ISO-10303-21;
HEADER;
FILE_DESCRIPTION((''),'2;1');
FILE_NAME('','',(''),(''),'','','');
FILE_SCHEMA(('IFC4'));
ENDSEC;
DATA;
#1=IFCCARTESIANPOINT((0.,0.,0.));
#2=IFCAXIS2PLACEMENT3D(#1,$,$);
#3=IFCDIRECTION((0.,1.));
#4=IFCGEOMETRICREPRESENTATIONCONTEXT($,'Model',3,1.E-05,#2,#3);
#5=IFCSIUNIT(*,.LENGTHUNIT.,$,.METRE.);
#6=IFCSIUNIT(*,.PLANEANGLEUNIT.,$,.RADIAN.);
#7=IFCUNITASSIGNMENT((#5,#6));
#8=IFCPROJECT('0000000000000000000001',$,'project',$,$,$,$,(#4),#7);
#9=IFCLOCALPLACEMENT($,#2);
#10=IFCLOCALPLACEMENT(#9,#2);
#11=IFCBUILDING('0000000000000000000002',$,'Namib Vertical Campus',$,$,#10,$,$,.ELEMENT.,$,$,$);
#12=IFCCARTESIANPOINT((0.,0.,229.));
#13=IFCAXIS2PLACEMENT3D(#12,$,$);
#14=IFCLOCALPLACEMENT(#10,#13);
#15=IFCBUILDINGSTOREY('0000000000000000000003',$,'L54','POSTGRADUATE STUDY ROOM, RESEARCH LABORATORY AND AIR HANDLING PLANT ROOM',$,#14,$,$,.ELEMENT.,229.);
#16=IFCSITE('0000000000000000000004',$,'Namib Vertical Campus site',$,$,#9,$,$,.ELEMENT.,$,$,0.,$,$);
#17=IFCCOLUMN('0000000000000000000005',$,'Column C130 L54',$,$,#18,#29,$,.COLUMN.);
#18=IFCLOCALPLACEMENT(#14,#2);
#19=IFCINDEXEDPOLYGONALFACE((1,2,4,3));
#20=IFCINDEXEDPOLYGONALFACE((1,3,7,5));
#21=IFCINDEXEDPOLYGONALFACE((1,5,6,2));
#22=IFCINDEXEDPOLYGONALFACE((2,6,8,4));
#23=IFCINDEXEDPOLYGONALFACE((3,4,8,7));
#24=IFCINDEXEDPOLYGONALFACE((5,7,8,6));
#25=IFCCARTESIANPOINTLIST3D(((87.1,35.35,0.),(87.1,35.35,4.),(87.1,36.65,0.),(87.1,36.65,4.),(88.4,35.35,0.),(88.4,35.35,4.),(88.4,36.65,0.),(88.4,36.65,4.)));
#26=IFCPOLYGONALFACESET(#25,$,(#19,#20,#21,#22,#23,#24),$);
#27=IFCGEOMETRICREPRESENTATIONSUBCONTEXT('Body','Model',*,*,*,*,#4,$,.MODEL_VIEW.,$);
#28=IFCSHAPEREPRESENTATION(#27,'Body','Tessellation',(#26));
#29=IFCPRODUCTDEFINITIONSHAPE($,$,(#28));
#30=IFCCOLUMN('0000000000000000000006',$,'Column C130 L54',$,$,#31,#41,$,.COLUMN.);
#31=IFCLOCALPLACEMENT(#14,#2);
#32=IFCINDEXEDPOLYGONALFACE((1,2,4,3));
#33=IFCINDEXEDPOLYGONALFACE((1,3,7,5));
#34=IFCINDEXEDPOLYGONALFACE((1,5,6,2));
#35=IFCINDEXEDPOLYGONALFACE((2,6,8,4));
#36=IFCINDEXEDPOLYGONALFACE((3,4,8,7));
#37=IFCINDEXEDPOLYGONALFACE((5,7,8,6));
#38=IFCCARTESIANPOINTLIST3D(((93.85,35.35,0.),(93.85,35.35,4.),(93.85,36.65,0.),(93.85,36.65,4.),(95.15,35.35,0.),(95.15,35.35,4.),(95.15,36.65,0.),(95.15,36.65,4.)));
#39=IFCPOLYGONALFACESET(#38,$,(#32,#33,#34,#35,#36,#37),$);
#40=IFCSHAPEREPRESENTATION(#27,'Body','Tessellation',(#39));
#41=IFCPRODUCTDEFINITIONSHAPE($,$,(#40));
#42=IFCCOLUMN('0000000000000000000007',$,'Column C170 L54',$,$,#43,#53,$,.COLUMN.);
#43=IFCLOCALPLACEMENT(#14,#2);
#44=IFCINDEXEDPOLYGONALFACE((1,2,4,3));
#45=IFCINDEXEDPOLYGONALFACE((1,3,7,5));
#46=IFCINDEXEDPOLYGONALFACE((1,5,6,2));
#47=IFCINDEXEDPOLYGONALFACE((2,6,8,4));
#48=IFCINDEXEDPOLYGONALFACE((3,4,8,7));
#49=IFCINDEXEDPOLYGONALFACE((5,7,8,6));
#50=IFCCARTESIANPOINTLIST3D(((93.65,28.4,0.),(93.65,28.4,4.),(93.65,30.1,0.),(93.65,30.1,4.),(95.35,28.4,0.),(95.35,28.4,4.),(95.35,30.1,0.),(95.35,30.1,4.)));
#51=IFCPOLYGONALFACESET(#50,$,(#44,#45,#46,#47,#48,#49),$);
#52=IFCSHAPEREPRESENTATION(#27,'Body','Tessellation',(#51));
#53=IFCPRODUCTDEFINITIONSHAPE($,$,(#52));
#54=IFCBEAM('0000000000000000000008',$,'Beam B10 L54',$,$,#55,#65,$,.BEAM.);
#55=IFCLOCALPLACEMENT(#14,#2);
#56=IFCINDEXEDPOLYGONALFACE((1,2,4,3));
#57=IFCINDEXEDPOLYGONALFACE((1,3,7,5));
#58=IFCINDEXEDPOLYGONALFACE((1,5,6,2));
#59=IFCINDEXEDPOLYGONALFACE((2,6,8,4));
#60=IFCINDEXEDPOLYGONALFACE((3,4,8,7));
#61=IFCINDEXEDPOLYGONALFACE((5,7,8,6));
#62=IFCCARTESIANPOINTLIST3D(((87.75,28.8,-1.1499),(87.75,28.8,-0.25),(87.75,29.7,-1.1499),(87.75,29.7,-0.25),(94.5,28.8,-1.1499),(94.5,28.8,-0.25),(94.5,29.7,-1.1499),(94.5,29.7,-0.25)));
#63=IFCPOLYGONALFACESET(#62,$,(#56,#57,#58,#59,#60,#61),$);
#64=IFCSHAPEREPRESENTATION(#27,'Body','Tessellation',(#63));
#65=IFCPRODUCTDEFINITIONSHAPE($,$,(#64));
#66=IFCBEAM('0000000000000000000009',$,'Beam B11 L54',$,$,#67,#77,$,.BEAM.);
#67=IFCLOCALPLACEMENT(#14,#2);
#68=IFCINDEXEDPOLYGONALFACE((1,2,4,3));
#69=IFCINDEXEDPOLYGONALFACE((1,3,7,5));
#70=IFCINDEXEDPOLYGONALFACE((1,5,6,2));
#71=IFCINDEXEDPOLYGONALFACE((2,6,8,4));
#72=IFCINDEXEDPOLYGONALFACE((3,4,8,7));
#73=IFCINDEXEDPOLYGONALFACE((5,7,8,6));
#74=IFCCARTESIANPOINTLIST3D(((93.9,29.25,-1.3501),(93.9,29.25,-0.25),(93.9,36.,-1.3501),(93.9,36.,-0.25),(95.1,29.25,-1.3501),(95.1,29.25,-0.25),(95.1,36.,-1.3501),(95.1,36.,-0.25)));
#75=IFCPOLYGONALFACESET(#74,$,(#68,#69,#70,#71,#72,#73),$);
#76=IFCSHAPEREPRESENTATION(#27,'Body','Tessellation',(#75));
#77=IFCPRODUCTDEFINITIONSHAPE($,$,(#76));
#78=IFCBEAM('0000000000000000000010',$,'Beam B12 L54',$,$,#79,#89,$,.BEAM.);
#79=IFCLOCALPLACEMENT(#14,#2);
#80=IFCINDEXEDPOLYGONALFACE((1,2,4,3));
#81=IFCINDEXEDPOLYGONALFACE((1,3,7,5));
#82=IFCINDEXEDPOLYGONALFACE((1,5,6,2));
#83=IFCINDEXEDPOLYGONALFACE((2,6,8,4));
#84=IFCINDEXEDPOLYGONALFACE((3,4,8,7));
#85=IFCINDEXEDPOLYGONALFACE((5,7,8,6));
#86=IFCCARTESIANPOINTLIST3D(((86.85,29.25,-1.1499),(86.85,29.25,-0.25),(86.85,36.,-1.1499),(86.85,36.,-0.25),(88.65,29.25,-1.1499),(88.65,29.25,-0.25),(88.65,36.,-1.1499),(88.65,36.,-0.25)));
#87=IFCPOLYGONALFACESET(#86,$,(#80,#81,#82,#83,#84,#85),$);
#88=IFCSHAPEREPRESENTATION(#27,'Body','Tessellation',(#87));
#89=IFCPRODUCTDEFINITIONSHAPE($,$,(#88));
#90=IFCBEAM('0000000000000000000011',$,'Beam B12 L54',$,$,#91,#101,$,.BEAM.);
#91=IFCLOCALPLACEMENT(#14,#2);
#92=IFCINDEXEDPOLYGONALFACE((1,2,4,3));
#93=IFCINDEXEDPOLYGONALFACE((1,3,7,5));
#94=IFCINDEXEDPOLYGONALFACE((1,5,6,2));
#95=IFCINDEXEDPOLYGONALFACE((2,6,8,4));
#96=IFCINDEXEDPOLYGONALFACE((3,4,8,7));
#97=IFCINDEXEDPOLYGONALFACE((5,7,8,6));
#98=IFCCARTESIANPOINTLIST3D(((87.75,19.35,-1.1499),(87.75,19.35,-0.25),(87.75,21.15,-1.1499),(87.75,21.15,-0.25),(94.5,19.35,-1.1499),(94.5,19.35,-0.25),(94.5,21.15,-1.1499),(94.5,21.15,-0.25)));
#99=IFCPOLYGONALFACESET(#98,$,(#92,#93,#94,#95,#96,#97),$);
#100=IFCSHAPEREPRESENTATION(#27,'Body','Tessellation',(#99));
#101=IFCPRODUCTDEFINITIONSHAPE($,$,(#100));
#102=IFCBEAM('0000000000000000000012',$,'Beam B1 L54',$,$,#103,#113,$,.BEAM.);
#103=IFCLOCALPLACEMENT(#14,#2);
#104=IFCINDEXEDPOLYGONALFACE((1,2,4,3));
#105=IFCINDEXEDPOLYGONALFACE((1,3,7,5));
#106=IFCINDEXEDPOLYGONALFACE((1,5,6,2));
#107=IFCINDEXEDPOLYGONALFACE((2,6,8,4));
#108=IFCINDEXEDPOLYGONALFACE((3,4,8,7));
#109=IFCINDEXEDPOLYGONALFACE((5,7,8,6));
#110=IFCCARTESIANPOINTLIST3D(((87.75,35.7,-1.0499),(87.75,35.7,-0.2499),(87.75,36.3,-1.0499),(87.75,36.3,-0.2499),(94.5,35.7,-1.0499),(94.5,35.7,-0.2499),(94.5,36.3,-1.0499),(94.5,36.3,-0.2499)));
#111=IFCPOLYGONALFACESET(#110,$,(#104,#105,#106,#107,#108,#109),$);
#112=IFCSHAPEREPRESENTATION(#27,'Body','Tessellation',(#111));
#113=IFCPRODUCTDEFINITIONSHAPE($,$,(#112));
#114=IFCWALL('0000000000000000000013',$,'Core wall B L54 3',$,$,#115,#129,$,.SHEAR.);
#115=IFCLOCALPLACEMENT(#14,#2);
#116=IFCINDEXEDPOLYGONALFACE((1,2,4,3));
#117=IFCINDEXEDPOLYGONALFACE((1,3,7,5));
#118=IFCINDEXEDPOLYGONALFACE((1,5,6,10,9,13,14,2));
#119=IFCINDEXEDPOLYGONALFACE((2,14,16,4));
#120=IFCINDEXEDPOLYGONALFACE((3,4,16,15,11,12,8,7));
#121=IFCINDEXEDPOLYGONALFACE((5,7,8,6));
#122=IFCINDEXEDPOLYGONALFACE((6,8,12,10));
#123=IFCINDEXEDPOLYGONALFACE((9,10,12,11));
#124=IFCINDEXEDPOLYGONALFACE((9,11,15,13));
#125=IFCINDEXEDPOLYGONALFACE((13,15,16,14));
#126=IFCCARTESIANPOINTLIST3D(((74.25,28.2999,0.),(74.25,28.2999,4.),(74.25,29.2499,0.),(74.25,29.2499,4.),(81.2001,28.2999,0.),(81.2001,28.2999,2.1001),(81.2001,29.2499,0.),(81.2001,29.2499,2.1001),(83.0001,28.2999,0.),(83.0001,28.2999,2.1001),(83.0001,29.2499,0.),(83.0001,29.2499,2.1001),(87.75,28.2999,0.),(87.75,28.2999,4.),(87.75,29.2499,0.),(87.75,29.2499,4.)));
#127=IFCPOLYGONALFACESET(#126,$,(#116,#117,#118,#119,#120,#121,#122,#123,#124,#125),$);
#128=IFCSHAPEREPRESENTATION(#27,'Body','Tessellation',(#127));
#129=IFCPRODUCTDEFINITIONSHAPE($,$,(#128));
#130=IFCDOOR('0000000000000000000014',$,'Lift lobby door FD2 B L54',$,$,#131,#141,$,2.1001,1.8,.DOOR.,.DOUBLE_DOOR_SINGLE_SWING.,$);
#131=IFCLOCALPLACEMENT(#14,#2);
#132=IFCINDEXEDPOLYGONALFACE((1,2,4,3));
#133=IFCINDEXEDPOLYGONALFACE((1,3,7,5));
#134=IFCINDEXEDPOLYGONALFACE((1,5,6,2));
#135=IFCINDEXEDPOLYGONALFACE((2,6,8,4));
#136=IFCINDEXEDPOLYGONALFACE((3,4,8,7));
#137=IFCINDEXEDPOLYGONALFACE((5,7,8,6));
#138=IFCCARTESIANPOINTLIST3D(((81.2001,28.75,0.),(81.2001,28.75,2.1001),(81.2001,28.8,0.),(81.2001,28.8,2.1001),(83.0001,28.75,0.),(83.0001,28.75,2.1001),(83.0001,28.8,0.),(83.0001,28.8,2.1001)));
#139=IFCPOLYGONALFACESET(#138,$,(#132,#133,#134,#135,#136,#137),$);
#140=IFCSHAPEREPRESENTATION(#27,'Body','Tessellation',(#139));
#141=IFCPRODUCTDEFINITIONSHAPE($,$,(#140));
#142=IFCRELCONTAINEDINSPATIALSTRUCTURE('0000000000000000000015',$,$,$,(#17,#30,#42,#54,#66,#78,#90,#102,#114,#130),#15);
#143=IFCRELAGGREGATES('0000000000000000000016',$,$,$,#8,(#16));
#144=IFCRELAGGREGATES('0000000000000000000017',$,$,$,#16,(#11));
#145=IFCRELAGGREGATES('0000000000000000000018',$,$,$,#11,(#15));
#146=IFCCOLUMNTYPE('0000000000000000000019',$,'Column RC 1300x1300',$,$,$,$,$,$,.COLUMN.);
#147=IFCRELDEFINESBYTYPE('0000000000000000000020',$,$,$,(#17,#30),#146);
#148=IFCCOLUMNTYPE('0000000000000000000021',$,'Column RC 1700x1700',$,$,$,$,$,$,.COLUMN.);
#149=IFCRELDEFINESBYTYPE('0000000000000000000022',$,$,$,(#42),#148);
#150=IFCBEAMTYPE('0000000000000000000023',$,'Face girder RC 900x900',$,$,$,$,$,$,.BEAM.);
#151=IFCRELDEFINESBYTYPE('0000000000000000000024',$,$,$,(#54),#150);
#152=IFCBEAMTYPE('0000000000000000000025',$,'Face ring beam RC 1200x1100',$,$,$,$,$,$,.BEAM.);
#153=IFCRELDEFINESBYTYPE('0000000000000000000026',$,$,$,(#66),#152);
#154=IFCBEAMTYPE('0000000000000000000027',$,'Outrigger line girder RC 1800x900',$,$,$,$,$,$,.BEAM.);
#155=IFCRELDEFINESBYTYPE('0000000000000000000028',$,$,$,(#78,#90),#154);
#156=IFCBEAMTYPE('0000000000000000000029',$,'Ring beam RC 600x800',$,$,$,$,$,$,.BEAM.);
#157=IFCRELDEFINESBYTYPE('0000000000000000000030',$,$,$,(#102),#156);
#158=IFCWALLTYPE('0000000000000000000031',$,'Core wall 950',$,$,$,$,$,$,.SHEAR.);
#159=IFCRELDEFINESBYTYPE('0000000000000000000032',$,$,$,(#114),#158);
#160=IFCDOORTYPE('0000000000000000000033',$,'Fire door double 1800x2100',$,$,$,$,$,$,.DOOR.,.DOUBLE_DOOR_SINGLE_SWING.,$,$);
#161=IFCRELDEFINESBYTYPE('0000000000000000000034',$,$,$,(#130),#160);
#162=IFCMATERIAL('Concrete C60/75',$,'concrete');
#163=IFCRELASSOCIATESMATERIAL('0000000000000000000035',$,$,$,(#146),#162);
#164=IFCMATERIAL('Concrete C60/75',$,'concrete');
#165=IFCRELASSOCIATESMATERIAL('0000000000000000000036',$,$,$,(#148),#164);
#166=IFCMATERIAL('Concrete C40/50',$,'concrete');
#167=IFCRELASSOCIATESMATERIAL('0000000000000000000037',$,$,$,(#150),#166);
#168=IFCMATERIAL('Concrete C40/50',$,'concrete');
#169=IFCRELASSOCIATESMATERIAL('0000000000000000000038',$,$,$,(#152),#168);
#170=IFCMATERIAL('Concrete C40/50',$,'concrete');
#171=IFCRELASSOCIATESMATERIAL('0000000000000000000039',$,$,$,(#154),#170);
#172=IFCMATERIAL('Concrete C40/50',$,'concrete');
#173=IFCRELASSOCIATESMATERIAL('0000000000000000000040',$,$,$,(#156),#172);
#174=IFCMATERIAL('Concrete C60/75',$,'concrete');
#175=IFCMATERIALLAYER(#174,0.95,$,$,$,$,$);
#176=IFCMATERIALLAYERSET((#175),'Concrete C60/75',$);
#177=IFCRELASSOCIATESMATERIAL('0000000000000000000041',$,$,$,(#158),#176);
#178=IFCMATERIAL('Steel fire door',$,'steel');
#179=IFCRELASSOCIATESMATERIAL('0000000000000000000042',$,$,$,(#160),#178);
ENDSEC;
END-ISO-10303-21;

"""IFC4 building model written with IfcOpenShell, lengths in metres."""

from ifc_helpers import new_model, si_unit, direction, frame, frame_2d, origin, origin_2d, place, context, subcontext, project, spatial, rectangle, extrude, material, layer, layer_set, material_profile, profile_set, type_object, element, fill, save


model = new_model("IFC4")

# Units and contexts
model_context = context("Model", 3, precision=1e-05, world=origin(), true_north=direction((0.0, 1.0)))
body_context = subcontext(model_context, "Body", "Model", "MODEL_VIEW")
ifc_project = project(units=[si_unit("LENGTHUNIT", "METRE"), si_unit("PLANEANGLEUNIT", "RADIAN")], contexts=[model_context])

# Site, building, storey
site_placement = place(None, origin())
site = spatial("IfcSite", under=ifc_project, at=site_placement, Name="Namib Vertical Campus site", CompositionType="ELEMENT", RefElevation=0.0)
building_placement = place(site_placement, origin())
building = spatial("IfcBuilding", under=site, at=building_placement, Name="Namib Vertical Campus", CompositionType="ELEMENT")
storey_placement = place(building_placement, frame((0.0, 0.0, 229.0)))
storey = spatial("IfcBuildingStorey", under=building, at=storey_placement, Name="L54", Description="POSTGRADUATE STUDY ROOM, RESEARCH LABORATORY AND AIR HANDLING PLANT ROOM", CompositionType="ELEMENT", Elevation=229.0)

# Columns
ifc_material_1 = material(Name="Concrete C60/75", Category="concrete")
ifc_material_profile_1 = material_profile(ifc_material_1, rectangle(XDim=1.3, YDim=1.3, at=origin_2d()))
ifc_profile_set_1 = profile_set([ifc_material_profile_1], Name="Concrete C60/75")
column_type_1 = type_object("IfcColumnType", Name="Column RC 1300x1300", PredefinedType="COLUMN", material=ifc_profile_set_1)
for number, where, z_axis, x_axis, name in (
    (1, (87.75, 36.0, 0.0), (0.0, 0.0, 1.0), (1.0, 0.0, 0.0), "Column C130 L54"),
    (2, (94.5, 36.0, 0.0), (0.0, 0.0, 1.0), (1.0, 0.0, 0.0), "Column C130 L54"),
):
    element("IfcColumn", number, at=place(storey_placement, frame(where, z_axis=z_axis, x_axis=x_axis)), inside=storey, type_object=column_type_1, Name=name, PredefinedType="COLUMN", context=body_context, shape_type="SweptSolid", body=[
        extrude(rectangle(XDim=1.3, YDim=1.3, at=origin_2d()), origin(), (0.0, 0.0, 1.0), 4.0),
    ])
ifc_material_2 = material(Name="Concrete C60/75", Category="concrete")
ifc_material_profile_2 = material_profile(ifc_material_2, rectangle(XDim=1.7, YDim=1.7, at=origin_2d()))
ifc_profile_set_2 = profile_set([ifc_material_profile_2], Name="Concrete C60/75")
column_type_2 = type_object("IfcColumnType", Name="Column RC 1700x1700", PredefinedType="COLUMN", material=ifc_profile_set_2)
column_placement = place(storey_placement, frame((94.5, 29.25, 0.0), z_axis=(0.0, 0.0, 1.0), x_axis=(1.0, 0.0, 0.0)))
element("IfcColumn", 3, at=column_placement, inside=storey, type_object=column_type_2, Name="Column C170 L54", PredefinedType="COLUMN", context=body_context, shape_type="SweptSolid", body=[
    extrude(rectangle(XDim=1.7, YDim=1.7, at=origin_2d()), origin(), (0.0, 0.0, 1.0), 4.0),
])

# Beams
ifc_material_3 = material(Name="Concrete C40/50", Category="concrete")
ifc_material_profile_3 = material_profile(ifc_material_3, rectangle(XDim=0.8999, YDim=0.8999, at=origin_2d()))
ifc_profile_set_3 = profile_set([ifc_material_profile_3], Name="Concrete C40/50")
beam_type_1 = type_object("IfcBeamType", Name="Face girder RC 900x900", PredefinedType="BEAM", material=ifc_profile_set_3)
beam_1_placement = place(storey_placement, frame((94.5, 29.25, -0.7), z_axis=(-1.0, 0.0, 0.0), x_axis=(0.0, -1.0, 0.0)))
element("IfcBeam", 4, at=beam_1_placement, inside=storey, type_object=beam_type_1, Name="Beam B10 L54", PredefinedType="BEAM", context=body_context, shape_type="SweptSolid", body=[
    extrude(rectangle(XDim=0.8999, YDim=0.8999, at=origin_2d()), origin(), (0.0, 0.0, 1.0), 6.75),
])
ifc_material_4 = material(Name="Concrete C40/50", Category="concrete")
ifc_material_profile_4 = material_profile(ifc_material_4, rectangle(XDim=1.2, YDim=1.1001, at=origin_2d()))
ifc_profile_set_4 = profile_set([ifc_material_profile_4], Name="Concrete C40/50")
beam_type_2 = type_object("IfcBeamType", Name="Face ring beam RC 1200x1100", PredefinedType="BEAM", material=ifc_profile_set_4)
beam_2_placement = place(storey_placement, frame((94.5, 29.25, -0.8), z_axis=(0.0, 1.0, 0.0), x_axis=(-1.0, 0.0, 0.0)))
element("IfcBeam", 5, at=beam_2_placement, inside=storey, type_object=beam_type_2, Name="Beam B11 L54", PredefinedType="BEAM", context=body_context, shape_type="SweptSolid", body=[
    extrude(rectangle(XDim=1.2, YDim=1.1001, at=origin_2d()), origin(), (0.0, 0.0, 1.0), 6.75),
])
ifc_material_5 = material(Name="Concrete C40/50", Category="concrete")
ifc_material_profile_5 = material_profile(ifc_material_5, rectangle(XDim=1.8, YDim=0.8999, at=origin_2d()))
ifc_profile_set_5 = profile_set([ifc_material_profile_5], Name="Concrete C40/50")
beam_type_3 = type_object("IfcBeamType", Name="Outrigger line girder RC 1800x900", PredefinedType="BEAM", material=ifc_profile_set_5)
for number, where, z_axis, x_axis, name in (
    (6, (87.75, 36.0, -0.7), (0.0, -1.0, 0.0), (1.0, 0.0, 0.0), "Beam B12 L54"),
    (7, (94.5, 20.25, -0.7), (-1.0, 0.0, 0.0), (0.0, -1.0, 0.0), "Beam B12 L54"),
):
    element("IfcBeam", number, at=place(storey_placement, frame(where, z_axis=z_axis, x_axis=x_axis)), inside=storey, type_object=beam_type_3, Name=name, PredefinedType="BEAM", context=body_context, shape_type="SweptSolid", body=[
        extrude(rectangle(XDim=1.8, YDim=0.8999, at=origin_2d()), origin(), (0.0, 0.0, 1.0), 6.75),
    ])
ifc_material_6 = material(Name="Concrete C40/50", Category="concrete")
ifc_material_profile_6 = material_profile(ifc_material_6, rectangle(XDim=0.6001, YDim=0.8, at=origin_2d()))
ifc_profile_set_6 = profile_set([ifc_material_profile_6], Name="Concrete C40/50")
beam_type_4 = type_object("IfcBeamType", Name="Ring beam RC 600x800", PredefinedType="BEAM", material=ifc_profile_set_6)
beam_3_placement = place(storey_placement, frame((87.75, 36.0, -0.6499), z_axis=(1.0, 0.0, 0.0), x_axis=(0.0, 1.0, 0.0)))
element("IfcBeam", 8, at=beam_3_placement, inside=storey, type_object=beam_type_4, Name="Beam B1 L54", PredefinedType="BEAM", context=body_context, shape_type="SweptSolid", body=[
    extrude(rectangle(XDim=0.6001, YDim=0.8, at=origin_2d()), origin(), (0.0, 0.0, 1.0), 6.75),
])

# Wall, opening, door
ifc_material_7 = material(Name="Concrete C60/75", Category="concrete")
ifc_layer_1 = layer(ifc_material_7, 0.95)
ifc_layer_set_1 = layer_set([ifc_layer_1], Name="Concrete C60/75")
wall_type_1 = type_object("IfcWallType", Name="Core wall 950", PredefinedType="SHEAR", material=ifc_layer_set_1)
wall_1_placement = place(storey_placement, frame((87.75, 28.7749, 0.0), z_axis=(0.0, 0.0, 1.0), x_axis=(-1.0, 0.0, 0.0)))
wall_1 = element("IfcWall", 9, at=wall_1_placement, inside=storey, type_object=wall_type_1, Name="Core wall B L54 3", PredefinedType="SHEAR", context=body_context, shape_type="SweptSolid", body=[
    extrude(rectangle(XDim=13.5, YDim=0.95, at=frame_2d((6.75, 0.0))), origin(), (0.0, 0.0, 1.0), 4.0),
])
opening_1_placement = place(wall_1_placement, frame((4.75, 0.0, 0.0)))
opening_1 = element("IfcOpeningElement", 10, at=opening_1_placement, cuts=wall_1, PredefinedType="OPENING", context=body_context, shape_type="SweptSolid", body=[
    extrude(rectangle(XDim=1.8, YDim=2.1001, at=frame_2d((0.8999, 1.05))), frame((0.0, 0.4849, 0.0), z_axis=(0.0, -1.0, 0.0), x_axis=(1.0, 0.0, 0.0)), (0.0, 0.0, 1.0), 0.97),
])
ifc_material_8 = material(Name="Steel fire door", Category="steel")
door_type_1 = type_object("IfcDoorType", Name="Fire door double 1800x2100", OperationType="DOUBLE_DOOR_SINGLE_SWING", PredefinedType="DOOR", material=ifc_material_8)
door_1_placement = place(opening_1_placement, origin())
door_1 = element("IfcDoor", 11, at=door_1_placement, inside=storey, type_object=door_type_1, Name="Lift lobby door FD2 B L54", OperationType="DOUBLE_DOOR_SINGLE_SWING", OverallHeight=2.1001, OverallWidth=1.8, PredefinedType="DOOR", context=body_context, shape_type="SweptSolid", body=[
    extrude(rectangle(XDim=1.8, YDim=2.1001, at=frame_2d((0.8999, 1.05))), frame((0.0, 0.0249, 0.0), z_axis=(0.0, -1.0, 0.0), x_axis=(1.0, 0.0, 0.0)), (0.0, 0.0, 1.0), 0.05),
])
fill(opening_1, door_1)

save(model, "model.ifc")
